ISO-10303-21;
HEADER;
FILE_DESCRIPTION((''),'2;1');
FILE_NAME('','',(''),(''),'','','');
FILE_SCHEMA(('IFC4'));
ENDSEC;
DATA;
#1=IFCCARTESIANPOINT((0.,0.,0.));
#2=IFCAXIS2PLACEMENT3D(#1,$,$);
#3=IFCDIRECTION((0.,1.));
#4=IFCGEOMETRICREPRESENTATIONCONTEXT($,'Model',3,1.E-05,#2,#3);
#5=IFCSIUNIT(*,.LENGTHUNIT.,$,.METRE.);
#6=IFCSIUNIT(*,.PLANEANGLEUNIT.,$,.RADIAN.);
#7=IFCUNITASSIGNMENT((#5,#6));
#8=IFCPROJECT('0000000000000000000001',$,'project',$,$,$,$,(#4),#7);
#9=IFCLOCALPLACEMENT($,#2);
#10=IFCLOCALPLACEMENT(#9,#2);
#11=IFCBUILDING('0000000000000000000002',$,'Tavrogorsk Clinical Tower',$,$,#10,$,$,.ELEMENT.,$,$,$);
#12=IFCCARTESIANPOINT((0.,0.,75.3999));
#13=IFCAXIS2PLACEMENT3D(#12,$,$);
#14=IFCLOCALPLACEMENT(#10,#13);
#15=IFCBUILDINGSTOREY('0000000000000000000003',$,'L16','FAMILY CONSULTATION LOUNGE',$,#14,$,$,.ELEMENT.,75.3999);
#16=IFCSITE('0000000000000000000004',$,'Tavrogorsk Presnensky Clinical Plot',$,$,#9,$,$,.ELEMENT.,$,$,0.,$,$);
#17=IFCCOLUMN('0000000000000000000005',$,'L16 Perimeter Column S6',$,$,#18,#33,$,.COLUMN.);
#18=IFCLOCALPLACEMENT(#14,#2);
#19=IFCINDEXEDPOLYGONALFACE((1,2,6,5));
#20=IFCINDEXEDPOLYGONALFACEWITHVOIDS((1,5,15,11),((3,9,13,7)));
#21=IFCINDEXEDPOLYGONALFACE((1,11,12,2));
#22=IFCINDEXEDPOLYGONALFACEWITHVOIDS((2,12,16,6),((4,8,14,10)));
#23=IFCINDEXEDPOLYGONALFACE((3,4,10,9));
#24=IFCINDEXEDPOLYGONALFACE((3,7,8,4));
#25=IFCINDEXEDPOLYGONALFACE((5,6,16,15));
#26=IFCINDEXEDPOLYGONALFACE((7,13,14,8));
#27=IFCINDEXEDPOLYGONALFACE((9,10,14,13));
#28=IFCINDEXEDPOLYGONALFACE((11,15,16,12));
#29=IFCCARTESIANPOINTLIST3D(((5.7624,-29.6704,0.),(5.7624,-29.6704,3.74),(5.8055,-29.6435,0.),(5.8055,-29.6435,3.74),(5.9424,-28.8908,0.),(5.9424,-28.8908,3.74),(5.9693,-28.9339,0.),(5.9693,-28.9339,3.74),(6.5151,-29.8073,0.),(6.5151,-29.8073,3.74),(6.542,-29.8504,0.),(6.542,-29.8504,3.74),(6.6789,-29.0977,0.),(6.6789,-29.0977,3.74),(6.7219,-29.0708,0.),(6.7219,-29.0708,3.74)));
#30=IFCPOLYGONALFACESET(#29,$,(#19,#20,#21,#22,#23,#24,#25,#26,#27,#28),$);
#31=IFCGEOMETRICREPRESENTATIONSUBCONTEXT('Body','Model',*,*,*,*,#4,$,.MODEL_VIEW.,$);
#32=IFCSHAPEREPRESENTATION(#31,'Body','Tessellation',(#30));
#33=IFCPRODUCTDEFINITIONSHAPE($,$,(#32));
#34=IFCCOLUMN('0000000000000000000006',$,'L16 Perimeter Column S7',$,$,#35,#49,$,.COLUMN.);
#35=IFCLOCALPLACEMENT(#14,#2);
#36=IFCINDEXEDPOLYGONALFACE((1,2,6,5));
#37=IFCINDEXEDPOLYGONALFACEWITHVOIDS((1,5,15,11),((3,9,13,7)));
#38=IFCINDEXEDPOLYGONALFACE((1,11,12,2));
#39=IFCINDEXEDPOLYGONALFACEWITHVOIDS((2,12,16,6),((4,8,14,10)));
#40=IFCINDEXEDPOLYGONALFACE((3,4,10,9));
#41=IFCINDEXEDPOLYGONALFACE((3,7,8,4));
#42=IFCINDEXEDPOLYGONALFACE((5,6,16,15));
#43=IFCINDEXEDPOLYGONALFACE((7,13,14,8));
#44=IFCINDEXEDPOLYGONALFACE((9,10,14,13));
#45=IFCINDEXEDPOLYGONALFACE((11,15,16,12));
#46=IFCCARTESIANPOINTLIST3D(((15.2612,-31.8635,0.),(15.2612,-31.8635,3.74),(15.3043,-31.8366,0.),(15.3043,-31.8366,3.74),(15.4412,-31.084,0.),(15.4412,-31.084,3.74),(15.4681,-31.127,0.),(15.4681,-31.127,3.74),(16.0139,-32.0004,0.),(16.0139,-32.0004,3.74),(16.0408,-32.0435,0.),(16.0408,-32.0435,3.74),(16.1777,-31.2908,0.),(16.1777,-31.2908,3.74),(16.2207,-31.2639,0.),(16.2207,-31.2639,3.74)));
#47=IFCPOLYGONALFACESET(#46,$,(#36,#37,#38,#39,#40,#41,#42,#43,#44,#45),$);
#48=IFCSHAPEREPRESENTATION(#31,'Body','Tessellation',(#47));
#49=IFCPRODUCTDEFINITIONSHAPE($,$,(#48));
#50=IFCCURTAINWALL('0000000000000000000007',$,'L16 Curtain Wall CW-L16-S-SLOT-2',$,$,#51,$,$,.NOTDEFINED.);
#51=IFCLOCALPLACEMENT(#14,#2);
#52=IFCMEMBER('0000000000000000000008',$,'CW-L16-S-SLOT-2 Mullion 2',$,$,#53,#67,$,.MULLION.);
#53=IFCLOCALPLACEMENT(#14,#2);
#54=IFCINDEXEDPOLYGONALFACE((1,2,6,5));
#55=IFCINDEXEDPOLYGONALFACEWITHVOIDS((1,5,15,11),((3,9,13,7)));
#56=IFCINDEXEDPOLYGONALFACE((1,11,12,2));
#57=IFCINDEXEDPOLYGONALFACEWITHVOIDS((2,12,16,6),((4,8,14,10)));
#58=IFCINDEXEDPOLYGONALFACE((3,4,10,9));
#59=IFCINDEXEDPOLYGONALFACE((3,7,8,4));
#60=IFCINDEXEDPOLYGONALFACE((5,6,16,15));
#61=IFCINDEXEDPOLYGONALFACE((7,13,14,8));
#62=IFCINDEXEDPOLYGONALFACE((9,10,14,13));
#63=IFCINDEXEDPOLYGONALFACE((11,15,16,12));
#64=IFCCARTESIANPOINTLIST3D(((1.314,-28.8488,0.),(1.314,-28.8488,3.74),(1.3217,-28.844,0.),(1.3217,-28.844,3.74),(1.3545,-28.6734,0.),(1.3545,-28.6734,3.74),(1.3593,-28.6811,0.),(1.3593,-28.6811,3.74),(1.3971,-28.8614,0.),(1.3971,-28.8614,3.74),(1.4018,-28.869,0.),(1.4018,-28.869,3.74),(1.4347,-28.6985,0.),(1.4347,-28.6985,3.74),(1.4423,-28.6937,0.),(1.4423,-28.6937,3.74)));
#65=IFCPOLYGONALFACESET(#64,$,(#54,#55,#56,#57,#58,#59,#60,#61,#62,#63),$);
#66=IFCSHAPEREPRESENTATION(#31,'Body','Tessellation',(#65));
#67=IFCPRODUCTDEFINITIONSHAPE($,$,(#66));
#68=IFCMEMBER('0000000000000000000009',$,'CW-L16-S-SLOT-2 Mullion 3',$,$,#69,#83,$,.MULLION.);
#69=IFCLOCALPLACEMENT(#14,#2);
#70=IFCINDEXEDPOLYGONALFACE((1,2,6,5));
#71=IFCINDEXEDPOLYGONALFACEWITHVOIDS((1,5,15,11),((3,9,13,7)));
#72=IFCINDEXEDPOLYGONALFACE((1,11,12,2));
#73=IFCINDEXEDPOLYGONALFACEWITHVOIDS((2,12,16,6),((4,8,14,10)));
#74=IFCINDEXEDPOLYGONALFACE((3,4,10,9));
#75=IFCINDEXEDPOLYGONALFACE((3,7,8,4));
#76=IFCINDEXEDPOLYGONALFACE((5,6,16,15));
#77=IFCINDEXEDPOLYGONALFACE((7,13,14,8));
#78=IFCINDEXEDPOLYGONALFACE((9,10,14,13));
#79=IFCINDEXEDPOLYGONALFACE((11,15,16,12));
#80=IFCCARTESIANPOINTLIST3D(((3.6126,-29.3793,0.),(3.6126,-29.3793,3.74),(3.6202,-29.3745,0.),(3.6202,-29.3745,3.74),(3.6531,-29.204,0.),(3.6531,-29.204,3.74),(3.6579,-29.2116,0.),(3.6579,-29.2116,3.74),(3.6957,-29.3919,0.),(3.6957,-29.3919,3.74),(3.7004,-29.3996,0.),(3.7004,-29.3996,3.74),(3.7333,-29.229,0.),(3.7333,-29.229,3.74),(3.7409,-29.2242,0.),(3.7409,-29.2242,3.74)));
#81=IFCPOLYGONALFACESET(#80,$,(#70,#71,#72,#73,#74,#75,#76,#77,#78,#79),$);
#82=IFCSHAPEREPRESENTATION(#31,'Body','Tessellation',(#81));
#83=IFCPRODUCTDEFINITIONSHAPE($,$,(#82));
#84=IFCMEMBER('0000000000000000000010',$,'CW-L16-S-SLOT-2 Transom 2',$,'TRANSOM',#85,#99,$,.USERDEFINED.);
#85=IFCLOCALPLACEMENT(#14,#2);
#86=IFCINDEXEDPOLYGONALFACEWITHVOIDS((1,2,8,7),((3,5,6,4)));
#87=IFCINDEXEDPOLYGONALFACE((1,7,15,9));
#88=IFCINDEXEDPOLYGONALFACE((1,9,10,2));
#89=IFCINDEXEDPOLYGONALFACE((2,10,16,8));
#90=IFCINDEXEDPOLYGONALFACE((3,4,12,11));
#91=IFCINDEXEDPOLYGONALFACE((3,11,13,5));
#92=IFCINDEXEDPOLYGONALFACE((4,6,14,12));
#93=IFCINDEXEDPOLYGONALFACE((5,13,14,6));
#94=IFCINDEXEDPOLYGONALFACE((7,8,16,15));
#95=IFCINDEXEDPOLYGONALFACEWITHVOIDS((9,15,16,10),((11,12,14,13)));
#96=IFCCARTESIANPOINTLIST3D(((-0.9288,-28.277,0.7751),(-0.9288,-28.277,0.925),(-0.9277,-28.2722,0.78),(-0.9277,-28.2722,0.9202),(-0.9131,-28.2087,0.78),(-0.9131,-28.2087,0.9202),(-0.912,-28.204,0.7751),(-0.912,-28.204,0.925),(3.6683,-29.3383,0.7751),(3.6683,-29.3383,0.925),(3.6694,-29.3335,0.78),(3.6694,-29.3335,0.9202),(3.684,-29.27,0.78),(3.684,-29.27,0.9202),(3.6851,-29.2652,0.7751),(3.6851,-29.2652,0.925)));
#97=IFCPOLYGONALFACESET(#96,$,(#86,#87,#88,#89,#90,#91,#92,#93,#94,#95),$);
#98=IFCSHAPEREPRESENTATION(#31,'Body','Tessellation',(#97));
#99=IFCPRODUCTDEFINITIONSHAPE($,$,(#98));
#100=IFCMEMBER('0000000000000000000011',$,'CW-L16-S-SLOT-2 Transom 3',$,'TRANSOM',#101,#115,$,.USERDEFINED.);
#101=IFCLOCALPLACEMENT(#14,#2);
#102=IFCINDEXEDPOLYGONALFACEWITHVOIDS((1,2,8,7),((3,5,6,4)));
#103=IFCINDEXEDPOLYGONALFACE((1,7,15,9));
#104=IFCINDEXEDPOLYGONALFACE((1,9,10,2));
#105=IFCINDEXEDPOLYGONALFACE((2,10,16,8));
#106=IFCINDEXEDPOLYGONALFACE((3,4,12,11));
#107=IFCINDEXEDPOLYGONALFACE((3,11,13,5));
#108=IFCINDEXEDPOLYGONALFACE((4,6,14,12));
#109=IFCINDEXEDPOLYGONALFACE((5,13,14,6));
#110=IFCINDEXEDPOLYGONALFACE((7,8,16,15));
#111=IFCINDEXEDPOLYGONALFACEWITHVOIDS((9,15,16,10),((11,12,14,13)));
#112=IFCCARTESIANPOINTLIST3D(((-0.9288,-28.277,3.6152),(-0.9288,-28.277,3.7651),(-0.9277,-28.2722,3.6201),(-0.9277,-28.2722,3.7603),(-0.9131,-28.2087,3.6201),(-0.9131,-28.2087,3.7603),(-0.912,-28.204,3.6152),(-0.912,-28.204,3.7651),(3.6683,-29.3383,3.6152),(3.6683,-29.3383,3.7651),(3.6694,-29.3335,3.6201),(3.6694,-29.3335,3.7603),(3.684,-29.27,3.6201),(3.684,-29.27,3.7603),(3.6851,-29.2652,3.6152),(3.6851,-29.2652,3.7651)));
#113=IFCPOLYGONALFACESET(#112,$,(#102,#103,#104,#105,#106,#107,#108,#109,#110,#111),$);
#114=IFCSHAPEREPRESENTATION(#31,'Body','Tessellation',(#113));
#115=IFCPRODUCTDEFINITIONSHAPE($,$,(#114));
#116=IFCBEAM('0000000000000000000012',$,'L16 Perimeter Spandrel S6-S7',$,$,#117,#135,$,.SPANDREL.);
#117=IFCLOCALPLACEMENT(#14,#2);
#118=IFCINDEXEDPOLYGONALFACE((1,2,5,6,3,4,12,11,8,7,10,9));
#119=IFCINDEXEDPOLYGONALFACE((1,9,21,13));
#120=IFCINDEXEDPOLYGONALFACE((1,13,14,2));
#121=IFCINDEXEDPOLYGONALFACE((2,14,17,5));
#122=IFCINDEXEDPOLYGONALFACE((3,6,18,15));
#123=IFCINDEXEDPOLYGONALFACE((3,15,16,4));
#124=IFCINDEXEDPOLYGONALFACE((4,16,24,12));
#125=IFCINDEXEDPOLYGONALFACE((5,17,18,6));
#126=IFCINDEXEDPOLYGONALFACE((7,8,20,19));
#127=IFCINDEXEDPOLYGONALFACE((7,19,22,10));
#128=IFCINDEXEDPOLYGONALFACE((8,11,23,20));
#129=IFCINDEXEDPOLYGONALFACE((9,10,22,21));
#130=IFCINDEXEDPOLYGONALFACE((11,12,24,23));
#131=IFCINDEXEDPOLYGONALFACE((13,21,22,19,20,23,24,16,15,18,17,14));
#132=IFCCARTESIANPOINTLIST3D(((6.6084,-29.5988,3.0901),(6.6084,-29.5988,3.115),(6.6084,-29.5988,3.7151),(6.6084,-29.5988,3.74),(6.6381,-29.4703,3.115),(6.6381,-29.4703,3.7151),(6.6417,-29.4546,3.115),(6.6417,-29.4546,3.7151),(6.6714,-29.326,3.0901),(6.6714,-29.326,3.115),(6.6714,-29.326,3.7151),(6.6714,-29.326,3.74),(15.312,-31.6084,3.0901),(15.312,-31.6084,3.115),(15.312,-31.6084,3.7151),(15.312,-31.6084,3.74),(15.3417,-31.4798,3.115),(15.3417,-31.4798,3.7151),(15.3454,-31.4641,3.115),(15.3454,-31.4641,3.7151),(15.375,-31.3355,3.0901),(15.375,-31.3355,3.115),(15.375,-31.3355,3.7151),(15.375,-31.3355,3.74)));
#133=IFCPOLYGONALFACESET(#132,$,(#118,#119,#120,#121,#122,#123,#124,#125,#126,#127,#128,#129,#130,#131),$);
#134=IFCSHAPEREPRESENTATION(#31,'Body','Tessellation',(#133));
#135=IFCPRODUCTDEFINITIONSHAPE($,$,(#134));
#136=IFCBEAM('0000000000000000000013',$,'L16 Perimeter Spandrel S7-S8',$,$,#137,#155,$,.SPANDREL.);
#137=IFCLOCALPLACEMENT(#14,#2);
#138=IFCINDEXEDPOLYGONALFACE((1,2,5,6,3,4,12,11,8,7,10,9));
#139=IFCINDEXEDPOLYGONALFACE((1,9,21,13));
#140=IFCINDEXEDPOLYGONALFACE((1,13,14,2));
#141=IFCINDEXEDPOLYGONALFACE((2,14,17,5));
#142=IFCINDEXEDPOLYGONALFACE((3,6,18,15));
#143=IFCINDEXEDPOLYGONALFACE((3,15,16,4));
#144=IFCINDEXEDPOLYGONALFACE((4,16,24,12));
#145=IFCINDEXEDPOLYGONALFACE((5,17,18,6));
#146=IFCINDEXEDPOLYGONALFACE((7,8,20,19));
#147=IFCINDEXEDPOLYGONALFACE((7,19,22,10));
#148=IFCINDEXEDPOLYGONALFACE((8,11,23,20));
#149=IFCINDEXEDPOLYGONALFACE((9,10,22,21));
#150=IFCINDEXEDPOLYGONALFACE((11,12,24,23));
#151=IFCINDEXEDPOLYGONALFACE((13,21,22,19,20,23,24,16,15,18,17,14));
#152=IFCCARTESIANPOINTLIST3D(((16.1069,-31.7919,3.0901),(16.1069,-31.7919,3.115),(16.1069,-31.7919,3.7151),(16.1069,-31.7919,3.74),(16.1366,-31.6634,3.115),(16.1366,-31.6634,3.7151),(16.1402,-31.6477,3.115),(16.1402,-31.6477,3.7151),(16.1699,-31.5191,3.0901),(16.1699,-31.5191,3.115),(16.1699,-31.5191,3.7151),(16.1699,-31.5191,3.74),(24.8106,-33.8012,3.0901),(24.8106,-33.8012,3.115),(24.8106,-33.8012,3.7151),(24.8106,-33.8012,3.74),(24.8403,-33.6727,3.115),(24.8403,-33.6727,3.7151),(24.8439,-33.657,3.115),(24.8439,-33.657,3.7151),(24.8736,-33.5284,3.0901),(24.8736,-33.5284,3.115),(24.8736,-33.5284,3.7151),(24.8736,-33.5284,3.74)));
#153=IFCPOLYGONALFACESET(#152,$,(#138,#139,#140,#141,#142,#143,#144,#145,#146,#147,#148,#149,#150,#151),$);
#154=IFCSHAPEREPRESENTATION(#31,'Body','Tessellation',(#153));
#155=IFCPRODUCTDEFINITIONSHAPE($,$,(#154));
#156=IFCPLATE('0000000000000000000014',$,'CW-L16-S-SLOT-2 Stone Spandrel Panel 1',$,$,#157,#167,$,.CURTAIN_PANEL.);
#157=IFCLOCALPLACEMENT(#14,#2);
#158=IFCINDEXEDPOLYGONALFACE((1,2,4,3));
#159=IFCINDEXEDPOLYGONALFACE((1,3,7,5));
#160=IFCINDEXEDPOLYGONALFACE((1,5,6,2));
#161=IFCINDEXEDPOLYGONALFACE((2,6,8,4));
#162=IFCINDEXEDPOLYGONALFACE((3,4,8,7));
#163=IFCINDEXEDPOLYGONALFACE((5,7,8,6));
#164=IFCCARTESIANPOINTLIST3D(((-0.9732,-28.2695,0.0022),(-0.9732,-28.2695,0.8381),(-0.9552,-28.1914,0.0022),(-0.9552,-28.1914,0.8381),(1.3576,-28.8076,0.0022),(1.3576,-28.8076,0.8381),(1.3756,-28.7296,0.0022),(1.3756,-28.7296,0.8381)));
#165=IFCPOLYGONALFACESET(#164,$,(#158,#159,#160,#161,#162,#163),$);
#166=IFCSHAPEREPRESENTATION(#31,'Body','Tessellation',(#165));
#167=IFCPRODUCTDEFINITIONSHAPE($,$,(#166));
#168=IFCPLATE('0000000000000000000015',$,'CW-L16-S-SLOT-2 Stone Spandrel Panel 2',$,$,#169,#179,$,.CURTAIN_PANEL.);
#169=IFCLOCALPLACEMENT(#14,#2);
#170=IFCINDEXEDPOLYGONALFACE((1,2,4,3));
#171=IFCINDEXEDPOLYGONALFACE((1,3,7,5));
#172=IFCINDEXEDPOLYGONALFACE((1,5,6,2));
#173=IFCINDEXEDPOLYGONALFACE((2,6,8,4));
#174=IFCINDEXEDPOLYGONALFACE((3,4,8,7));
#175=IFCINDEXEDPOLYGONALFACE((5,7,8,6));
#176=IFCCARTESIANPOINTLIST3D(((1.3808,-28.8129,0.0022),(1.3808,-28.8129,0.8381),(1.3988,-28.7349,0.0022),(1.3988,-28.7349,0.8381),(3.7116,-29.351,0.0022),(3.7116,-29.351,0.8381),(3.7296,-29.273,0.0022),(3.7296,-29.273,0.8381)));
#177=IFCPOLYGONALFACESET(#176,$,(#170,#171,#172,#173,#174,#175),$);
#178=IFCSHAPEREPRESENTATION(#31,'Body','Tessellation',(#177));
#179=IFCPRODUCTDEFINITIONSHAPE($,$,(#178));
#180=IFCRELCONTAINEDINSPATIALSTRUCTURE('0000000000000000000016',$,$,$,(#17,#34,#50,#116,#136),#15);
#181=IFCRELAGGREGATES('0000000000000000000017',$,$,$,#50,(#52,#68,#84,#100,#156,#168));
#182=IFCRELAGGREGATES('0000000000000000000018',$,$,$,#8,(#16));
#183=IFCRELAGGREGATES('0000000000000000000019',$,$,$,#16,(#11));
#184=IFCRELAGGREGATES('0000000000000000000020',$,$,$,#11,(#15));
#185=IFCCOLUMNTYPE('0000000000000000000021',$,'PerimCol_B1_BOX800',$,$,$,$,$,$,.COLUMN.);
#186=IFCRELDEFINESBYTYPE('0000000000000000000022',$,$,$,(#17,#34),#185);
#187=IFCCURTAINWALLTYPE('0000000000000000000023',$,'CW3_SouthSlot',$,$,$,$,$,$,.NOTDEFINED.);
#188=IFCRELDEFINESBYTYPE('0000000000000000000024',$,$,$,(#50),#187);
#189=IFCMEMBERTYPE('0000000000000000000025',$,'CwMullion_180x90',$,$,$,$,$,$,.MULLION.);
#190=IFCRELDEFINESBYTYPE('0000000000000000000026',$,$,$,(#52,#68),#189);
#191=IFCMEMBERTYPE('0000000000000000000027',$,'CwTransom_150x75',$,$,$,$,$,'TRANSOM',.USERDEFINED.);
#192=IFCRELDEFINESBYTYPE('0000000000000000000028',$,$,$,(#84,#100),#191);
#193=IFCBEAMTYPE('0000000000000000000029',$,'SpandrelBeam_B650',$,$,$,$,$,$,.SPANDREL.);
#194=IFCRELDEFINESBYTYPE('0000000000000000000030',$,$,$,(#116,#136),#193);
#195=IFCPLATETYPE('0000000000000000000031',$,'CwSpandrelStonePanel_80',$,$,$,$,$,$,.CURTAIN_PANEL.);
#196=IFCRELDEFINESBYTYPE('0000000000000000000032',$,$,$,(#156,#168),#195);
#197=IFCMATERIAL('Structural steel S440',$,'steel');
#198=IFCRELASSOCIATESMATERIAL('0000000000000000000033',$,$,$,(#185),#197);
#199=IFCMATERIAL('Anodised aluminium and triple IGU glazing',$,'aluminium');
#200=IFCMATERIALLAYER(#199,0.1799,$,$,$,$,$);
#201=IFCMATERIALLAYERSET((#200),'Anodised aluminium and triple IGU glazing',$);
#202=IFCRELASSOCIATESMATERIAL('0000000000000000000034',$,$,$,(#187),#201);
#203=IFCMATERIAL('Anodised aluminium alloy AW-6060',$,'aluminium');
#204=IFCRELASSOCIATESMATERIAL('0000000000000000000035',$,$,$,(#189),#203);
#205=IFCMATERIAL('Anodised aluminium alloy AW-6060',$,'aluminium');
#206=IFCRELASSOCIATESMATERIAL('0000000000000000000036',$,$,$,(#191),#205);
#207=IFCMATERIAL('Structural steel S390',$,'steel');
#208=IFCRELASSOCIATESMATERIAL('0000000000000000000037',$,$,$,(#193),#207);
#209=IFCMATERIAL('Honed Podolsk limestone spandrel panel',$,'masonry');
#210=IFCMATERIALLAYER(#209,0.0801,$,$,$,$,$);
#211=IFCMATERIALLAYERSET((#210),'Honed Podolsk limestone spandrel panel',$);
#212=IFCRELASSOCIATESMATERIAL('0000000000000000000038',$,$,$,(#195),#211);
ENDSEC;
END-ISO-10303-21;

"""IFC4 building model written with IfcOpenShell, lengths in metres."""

from ifc_helpers import new_model, si_unit, direction, frame, origin, origin_2d, place, context, subcontext, project, spatial, rectangle, hollow_rectangle, i_section, extrude, material, layer, layer_set, material_profile, profile_set, type_object, element, aggregate, save


model = new_model("IFC4")

# Units and contexts
model_context = context("Model", 3, precision=1e-05, world=origin(), true_north=direction((0.0, 1.0)))
body_context = subcontext(model_context, "Body", "Model", "MODEL_VIEW")
ifc_project = project(units=[si_unit("LENGTHUNIT", "METRE"), si_unit("PLANEANGLEUNIT", "RADIAN")], contexts=[model_context])

# Site, building, storey
site_placement = place(None, origin())
site = spatial("IfcSite", under=ifc_project, at=site_placement, Name="Tavrogorsk Presnensky Clinical Plot", CompositionType="ELEMENT", RefElevation=0.0)
building_placement = place(site_placement, origin())
building = spatial("IfcBuilding", under=site, at=building_placement, Name="Tavrogorsk Clinical Tower", CompositionType="ELEMENT")
storey_placement = place(building_placement, frame((0.0, 0.0, 75.3999)))
storey = spatial("IfcBuildingStorey", under=building, at=storey_placement, Name="L16", Description="FAMILY CONSULTATION LOUNGE", CompositionType="ELEMENT", Elevation=75.3999)

# Columns
ifc_material_1 = material(Name="Structural steel S440", Category="steel")
ifc_material_profile_1 = material_profile(ifc_material_1, hollow_rectangle(XDim=0.8, YDim=0.8, WallThickness=0.0359, at=origin_2d()), Name="BOX-800x800x36")
ifc_profile_set_1 = profile_set([ifc_material_profile_1], Name="Structural steel S440")
column_type = type_object("IfcColumnType", Name="PerimCol_B1_BOX800", PredefinedType="COLUMN", material=ifc_profile_set_1)
for number, where, z_axis, x_axis, name in (
    (1, (6.2422, -29.3706, 0.0), (0.0, 0.0, 1.0), (0.97437, -0.224951, 0.0), "L16 Perimeter Column S6"),
    (2, (15.741, -31.5637, 0.0), (0.0, 0.0, 1.0), (0.97437, -0.224951, 0.0), "L16 Perimeter Column S7"),
):
    element("IfcColumn", number, at=place(storey_placement, frame(where, z_axis=z_axis, x_axis=x_axis)), inside=storey, type_object=column_type, Name=name, PredefinedType="COLUMN", context=body_context, shape_type="SweptSolid", body=[
        extrude(hollow_rectangle(XDim=0.8, YDim=0.8, WallThickness=0.0359, at=origin_2d()), origin(), (0.0, 0.0, 1.0), 3.74),
    ])

# Curtain wall, members
ifc_material_2 = material(Name="Anodised aluminium and triple IGU glazing", Category="aluminium")
ifc_layer_1 = layer(ifc_material_2, 0.1799)
ifc_layer_set_1 = layer_set([ifc_layer_1], Name="Anodised aluminium and triple IGU glazing")
curtain_wall_type = type_object("IfcCurtainWallType", Name="CW3_SouthSlot", PredefinedType="NOTDEFINED", material=ifc_layer_set_1)
curtain_wall_placement = place(storey_placement, origin())
curtain_wall = element("IfcCurtainWall", 3, at=curtain_wall_placement, inside=storey, type_object=curtain_wall_type, Name="L16 Curtain Wall CW-L16-S-SLOT-2", PredefinedType="NOTDEFINED")
ifc_material_3 = material(Name="Anodised aluminium alloy AW-6060", Category="aluminium")
ifc_material_profile_2 = material_profile(ifc_material_3, hollow_rectangle(XDim=0.0901, YDim=0.1799, WallThickness=0.0063, at=origin_2d()), Name="RHS-180x90x6.3")
ifc_profile_set_2 = profile_set([ifc_material_profile_2], Name="Anodised aluminium alloy AW-6060")
member_type_1 = type_object("IfcMemberType", Name="CwMullion_180x90", PredefinedType="MULLION", material=ifc_profile_set_2)
member_1_placement = place(storey_placement, frame((1.3782, -28.7712, 0.0), z_axis=(0.0, 0.0, 1.0), x_axis=(0.97437, -0.224951, 0.0)))
member_1 = element("IfcMember", 4, at=member_1_placement, type_object=member_type_1, Name="CW-L16-S-SLOT-2 Mullion 2", PredefinedType="MULLION", context=body_context, shape_type="SweptSolid", body=[
    extrude(hollow_rectangle(XDim=0.0901, YDim=0.1799, WallThickness=0.0063, at=origin_2d()), origin(), (0.0, 0.0, 1.0), 3.74),
])
member_2_placement = place(storey_placement, frame((3.6768, -29.3018, 0.0), z_axis=(0.0, 0.0, 1.0), x_axis=(0.97437, -0.224951, 0.0)))
member_2 = element("IfcMember", 5, at=member_2_placement, type_object=member_type_1, Name="CW-L16-S-SLOT-2 Mullion 3", PredefinedType="MULLION", context=body_context, shape_type="SweptSolid", body=[
    extrude(hollow_rectangle(XDim=0.0901, YDim=0.1799, WallThickness=0.0063, at=origin_2d()), origin(), (0.0, 0.0, 1.0), 3.74),
])
ifc_material_4 = material(Name="Anodised aluminium alloy AW-6060", Category="aluminium")
ifc_material_profile_3 = material_profile(ifc_material_4, hollow_rectangle(XDim=0.075, YDim=0.1499, WallThickness=0.0049, at=origin_2d()), Name="RHS-150x75x5")
ifc_profile_set_3 = profile_set([ifc_material_profile_3], Name="Anodised aluminium alloy AW-6060")
member_type_2 = type_object("IfcMemberType", Name="CwTransom_150x75", ElementType="TRANSOM", PredefinedType="USERDEFINED", material=ifc_profile_set_3)
member_3_placement = place(storey_placement, frame((-0.9204, -28.2405, 0.8501), z_axis=(0.974373, -0.224939, 0.0), x_axis=(0.224939, 0.974373, 0.0)))
member_3 = element("IfcMember", 6, at=member_3_placement, type_object=member_type_2, Name="CW-L16-S-SLOT-2 Transom 2", ObjectType="TRANSOM", PredefinedType="USERDEFINED", context=body_context, shape_type="SweptSolid", body=[
    extrude(hollow_rectangle(XDim=0.075, YDim=0.1499, WallThickness=0.0049, at=origin_2d()), origin(), (0.0, 0.0, 1.0), 4.718),
])
member_4_placement = place(storey_placement, frame((-0.9204, -28.2405, 3.6902), z_axis=(0.974373, -0.224939, 0.0), x_axis=(0.224939, 0.974373, 0.0)))
member_4 = element("IfcMember", 7, at=member_4_placement, type_object=member_type_2, Name="CW-L16-S-SLOT-2 Transom 3", ObjectType="TRANSOM", PredefinedType="USERDEFINED", context=body_context, shape_type="SweptSolid", body=[
    extrude(hollow_rectangle(XDim=0.075, YDim=0.1499, WallThickness=0.0049, at=origin_2d()), origin(), (0.0, 0.0, 1.0), 4.718),
])

# Beams
ifc_material_5 = material(Name="Structural steel S390", Category="steel")
ifc_material_profile_4 = material_profile(ifc_material_5, i_section(OverallWidth=0.28, OverallDepth=0.6499, WebThickness=0.0161, FlangeThickness=0.0249, at=origin_2d()), Name="B-650x280x16x25")
ifc_profile_set_4 = profile_set([ifc_material_profile_4], Name="Structural steel S390")
beam_type = type_object("IfcBeamType", Name="SpandrelBeam_B650", PredefinedType="SPANDREL", material=ifc_profile_set_4)
for number, where, z_axis, x_axis, name in (
    (8, (6.6399, -29.4624, 3.415), (0.974367, -0.224965, 0.0), (0.224965, 0.974367, 0.0), "L16 Perimeter Spandrel S6-S7"),
    (9, (16.1384, -31.6555, 3.415), (0.974373, -0.224939, 0.0), (0.224939, 0.974373, 0.0), "L16 Perimeter Spandrel S7-S8"),
):
    element("IfcBeam", number, at=place(storey_placement, frame(where, z_axis=z_axis, x_axis=x_axis)), inside=storey, type_object=beam_type, Name=name, PredefinedType="SPANDREL", context=body_context, shape_type="SweptSolid", body=[
        extrude(i_section(OverallWidth=0.28, OverallDepth=0.6499, WebThickness=0.0161, FlangeThickness=0.0249, at=origin_2d()), origin(), (0.0, 0.0, 1.0), 8.9326),
    ])

# Plates
ifc_material_6 = material(Name="Honed Podolsk limestone spandrel panel", Category="masonry")
ifc_layer_2 = layer(ifc_material_6, 0.0801)
ifc_layer_set_2 = layer_set([ifc_layer_2], Name="Honed Podolsk limestone spandrel panel")
plate_type_1 = type_object("IfcPlateType", Name="CwSpandrelStonePanel_80", PredefinedType="CURTAIN_PANEL", material=ifc_layer_set_2)
plate_1_placement = place(storey_placement, frame((0.2012, -28.4995, 0.0022), z_axis=(0.0, 0.0, 1.0), x_axis=(0.97437, -0.224951, 0.0)))
plate_1 = element("IfcPlate", 10, at=plate_1_placement, type_object=plate_type_1, Name="CW-L16-S-SLOT-2 Stone Spandrel Panel 1", PredefinedType="CURTAIN_PANEL", context=body_context, shape_type="SweptSolid", body=[
    extrude(rectangle(XDim=2.3921, YDim=0.0801, at=origin_2d()), origin(), (0.0, 0.0, 1.0), 0.8359),
])
plate_2_placement = place(storey_placement, frame((2.5552, -29.043, 0.0022), z_axis=(0.0, 0.0, 1.0), x_axis=(0.97437, -0.224951, 0.0)))
plate_2 = element("IfcPlate", 11, at=plate_2_placement, type_object=plate_type_1, Name="CW-L16-S-SLOT-2 Stone Spandrel Panel 2", PredefinedType="CURTAIN_PANEL", context=body_context, shape_type="SweptSolid", body=[
    extrude(rectangle(XDim=2.3921, YDim=0.0801, at=origin_2d()), origin(), (0.0, 0.0, 1.0), 0.8359),
])
aggregate(curtain_wall, [member_1, member_2, member_3, member_4, plate_1, plate_2])

save(model, "model.ifc")
